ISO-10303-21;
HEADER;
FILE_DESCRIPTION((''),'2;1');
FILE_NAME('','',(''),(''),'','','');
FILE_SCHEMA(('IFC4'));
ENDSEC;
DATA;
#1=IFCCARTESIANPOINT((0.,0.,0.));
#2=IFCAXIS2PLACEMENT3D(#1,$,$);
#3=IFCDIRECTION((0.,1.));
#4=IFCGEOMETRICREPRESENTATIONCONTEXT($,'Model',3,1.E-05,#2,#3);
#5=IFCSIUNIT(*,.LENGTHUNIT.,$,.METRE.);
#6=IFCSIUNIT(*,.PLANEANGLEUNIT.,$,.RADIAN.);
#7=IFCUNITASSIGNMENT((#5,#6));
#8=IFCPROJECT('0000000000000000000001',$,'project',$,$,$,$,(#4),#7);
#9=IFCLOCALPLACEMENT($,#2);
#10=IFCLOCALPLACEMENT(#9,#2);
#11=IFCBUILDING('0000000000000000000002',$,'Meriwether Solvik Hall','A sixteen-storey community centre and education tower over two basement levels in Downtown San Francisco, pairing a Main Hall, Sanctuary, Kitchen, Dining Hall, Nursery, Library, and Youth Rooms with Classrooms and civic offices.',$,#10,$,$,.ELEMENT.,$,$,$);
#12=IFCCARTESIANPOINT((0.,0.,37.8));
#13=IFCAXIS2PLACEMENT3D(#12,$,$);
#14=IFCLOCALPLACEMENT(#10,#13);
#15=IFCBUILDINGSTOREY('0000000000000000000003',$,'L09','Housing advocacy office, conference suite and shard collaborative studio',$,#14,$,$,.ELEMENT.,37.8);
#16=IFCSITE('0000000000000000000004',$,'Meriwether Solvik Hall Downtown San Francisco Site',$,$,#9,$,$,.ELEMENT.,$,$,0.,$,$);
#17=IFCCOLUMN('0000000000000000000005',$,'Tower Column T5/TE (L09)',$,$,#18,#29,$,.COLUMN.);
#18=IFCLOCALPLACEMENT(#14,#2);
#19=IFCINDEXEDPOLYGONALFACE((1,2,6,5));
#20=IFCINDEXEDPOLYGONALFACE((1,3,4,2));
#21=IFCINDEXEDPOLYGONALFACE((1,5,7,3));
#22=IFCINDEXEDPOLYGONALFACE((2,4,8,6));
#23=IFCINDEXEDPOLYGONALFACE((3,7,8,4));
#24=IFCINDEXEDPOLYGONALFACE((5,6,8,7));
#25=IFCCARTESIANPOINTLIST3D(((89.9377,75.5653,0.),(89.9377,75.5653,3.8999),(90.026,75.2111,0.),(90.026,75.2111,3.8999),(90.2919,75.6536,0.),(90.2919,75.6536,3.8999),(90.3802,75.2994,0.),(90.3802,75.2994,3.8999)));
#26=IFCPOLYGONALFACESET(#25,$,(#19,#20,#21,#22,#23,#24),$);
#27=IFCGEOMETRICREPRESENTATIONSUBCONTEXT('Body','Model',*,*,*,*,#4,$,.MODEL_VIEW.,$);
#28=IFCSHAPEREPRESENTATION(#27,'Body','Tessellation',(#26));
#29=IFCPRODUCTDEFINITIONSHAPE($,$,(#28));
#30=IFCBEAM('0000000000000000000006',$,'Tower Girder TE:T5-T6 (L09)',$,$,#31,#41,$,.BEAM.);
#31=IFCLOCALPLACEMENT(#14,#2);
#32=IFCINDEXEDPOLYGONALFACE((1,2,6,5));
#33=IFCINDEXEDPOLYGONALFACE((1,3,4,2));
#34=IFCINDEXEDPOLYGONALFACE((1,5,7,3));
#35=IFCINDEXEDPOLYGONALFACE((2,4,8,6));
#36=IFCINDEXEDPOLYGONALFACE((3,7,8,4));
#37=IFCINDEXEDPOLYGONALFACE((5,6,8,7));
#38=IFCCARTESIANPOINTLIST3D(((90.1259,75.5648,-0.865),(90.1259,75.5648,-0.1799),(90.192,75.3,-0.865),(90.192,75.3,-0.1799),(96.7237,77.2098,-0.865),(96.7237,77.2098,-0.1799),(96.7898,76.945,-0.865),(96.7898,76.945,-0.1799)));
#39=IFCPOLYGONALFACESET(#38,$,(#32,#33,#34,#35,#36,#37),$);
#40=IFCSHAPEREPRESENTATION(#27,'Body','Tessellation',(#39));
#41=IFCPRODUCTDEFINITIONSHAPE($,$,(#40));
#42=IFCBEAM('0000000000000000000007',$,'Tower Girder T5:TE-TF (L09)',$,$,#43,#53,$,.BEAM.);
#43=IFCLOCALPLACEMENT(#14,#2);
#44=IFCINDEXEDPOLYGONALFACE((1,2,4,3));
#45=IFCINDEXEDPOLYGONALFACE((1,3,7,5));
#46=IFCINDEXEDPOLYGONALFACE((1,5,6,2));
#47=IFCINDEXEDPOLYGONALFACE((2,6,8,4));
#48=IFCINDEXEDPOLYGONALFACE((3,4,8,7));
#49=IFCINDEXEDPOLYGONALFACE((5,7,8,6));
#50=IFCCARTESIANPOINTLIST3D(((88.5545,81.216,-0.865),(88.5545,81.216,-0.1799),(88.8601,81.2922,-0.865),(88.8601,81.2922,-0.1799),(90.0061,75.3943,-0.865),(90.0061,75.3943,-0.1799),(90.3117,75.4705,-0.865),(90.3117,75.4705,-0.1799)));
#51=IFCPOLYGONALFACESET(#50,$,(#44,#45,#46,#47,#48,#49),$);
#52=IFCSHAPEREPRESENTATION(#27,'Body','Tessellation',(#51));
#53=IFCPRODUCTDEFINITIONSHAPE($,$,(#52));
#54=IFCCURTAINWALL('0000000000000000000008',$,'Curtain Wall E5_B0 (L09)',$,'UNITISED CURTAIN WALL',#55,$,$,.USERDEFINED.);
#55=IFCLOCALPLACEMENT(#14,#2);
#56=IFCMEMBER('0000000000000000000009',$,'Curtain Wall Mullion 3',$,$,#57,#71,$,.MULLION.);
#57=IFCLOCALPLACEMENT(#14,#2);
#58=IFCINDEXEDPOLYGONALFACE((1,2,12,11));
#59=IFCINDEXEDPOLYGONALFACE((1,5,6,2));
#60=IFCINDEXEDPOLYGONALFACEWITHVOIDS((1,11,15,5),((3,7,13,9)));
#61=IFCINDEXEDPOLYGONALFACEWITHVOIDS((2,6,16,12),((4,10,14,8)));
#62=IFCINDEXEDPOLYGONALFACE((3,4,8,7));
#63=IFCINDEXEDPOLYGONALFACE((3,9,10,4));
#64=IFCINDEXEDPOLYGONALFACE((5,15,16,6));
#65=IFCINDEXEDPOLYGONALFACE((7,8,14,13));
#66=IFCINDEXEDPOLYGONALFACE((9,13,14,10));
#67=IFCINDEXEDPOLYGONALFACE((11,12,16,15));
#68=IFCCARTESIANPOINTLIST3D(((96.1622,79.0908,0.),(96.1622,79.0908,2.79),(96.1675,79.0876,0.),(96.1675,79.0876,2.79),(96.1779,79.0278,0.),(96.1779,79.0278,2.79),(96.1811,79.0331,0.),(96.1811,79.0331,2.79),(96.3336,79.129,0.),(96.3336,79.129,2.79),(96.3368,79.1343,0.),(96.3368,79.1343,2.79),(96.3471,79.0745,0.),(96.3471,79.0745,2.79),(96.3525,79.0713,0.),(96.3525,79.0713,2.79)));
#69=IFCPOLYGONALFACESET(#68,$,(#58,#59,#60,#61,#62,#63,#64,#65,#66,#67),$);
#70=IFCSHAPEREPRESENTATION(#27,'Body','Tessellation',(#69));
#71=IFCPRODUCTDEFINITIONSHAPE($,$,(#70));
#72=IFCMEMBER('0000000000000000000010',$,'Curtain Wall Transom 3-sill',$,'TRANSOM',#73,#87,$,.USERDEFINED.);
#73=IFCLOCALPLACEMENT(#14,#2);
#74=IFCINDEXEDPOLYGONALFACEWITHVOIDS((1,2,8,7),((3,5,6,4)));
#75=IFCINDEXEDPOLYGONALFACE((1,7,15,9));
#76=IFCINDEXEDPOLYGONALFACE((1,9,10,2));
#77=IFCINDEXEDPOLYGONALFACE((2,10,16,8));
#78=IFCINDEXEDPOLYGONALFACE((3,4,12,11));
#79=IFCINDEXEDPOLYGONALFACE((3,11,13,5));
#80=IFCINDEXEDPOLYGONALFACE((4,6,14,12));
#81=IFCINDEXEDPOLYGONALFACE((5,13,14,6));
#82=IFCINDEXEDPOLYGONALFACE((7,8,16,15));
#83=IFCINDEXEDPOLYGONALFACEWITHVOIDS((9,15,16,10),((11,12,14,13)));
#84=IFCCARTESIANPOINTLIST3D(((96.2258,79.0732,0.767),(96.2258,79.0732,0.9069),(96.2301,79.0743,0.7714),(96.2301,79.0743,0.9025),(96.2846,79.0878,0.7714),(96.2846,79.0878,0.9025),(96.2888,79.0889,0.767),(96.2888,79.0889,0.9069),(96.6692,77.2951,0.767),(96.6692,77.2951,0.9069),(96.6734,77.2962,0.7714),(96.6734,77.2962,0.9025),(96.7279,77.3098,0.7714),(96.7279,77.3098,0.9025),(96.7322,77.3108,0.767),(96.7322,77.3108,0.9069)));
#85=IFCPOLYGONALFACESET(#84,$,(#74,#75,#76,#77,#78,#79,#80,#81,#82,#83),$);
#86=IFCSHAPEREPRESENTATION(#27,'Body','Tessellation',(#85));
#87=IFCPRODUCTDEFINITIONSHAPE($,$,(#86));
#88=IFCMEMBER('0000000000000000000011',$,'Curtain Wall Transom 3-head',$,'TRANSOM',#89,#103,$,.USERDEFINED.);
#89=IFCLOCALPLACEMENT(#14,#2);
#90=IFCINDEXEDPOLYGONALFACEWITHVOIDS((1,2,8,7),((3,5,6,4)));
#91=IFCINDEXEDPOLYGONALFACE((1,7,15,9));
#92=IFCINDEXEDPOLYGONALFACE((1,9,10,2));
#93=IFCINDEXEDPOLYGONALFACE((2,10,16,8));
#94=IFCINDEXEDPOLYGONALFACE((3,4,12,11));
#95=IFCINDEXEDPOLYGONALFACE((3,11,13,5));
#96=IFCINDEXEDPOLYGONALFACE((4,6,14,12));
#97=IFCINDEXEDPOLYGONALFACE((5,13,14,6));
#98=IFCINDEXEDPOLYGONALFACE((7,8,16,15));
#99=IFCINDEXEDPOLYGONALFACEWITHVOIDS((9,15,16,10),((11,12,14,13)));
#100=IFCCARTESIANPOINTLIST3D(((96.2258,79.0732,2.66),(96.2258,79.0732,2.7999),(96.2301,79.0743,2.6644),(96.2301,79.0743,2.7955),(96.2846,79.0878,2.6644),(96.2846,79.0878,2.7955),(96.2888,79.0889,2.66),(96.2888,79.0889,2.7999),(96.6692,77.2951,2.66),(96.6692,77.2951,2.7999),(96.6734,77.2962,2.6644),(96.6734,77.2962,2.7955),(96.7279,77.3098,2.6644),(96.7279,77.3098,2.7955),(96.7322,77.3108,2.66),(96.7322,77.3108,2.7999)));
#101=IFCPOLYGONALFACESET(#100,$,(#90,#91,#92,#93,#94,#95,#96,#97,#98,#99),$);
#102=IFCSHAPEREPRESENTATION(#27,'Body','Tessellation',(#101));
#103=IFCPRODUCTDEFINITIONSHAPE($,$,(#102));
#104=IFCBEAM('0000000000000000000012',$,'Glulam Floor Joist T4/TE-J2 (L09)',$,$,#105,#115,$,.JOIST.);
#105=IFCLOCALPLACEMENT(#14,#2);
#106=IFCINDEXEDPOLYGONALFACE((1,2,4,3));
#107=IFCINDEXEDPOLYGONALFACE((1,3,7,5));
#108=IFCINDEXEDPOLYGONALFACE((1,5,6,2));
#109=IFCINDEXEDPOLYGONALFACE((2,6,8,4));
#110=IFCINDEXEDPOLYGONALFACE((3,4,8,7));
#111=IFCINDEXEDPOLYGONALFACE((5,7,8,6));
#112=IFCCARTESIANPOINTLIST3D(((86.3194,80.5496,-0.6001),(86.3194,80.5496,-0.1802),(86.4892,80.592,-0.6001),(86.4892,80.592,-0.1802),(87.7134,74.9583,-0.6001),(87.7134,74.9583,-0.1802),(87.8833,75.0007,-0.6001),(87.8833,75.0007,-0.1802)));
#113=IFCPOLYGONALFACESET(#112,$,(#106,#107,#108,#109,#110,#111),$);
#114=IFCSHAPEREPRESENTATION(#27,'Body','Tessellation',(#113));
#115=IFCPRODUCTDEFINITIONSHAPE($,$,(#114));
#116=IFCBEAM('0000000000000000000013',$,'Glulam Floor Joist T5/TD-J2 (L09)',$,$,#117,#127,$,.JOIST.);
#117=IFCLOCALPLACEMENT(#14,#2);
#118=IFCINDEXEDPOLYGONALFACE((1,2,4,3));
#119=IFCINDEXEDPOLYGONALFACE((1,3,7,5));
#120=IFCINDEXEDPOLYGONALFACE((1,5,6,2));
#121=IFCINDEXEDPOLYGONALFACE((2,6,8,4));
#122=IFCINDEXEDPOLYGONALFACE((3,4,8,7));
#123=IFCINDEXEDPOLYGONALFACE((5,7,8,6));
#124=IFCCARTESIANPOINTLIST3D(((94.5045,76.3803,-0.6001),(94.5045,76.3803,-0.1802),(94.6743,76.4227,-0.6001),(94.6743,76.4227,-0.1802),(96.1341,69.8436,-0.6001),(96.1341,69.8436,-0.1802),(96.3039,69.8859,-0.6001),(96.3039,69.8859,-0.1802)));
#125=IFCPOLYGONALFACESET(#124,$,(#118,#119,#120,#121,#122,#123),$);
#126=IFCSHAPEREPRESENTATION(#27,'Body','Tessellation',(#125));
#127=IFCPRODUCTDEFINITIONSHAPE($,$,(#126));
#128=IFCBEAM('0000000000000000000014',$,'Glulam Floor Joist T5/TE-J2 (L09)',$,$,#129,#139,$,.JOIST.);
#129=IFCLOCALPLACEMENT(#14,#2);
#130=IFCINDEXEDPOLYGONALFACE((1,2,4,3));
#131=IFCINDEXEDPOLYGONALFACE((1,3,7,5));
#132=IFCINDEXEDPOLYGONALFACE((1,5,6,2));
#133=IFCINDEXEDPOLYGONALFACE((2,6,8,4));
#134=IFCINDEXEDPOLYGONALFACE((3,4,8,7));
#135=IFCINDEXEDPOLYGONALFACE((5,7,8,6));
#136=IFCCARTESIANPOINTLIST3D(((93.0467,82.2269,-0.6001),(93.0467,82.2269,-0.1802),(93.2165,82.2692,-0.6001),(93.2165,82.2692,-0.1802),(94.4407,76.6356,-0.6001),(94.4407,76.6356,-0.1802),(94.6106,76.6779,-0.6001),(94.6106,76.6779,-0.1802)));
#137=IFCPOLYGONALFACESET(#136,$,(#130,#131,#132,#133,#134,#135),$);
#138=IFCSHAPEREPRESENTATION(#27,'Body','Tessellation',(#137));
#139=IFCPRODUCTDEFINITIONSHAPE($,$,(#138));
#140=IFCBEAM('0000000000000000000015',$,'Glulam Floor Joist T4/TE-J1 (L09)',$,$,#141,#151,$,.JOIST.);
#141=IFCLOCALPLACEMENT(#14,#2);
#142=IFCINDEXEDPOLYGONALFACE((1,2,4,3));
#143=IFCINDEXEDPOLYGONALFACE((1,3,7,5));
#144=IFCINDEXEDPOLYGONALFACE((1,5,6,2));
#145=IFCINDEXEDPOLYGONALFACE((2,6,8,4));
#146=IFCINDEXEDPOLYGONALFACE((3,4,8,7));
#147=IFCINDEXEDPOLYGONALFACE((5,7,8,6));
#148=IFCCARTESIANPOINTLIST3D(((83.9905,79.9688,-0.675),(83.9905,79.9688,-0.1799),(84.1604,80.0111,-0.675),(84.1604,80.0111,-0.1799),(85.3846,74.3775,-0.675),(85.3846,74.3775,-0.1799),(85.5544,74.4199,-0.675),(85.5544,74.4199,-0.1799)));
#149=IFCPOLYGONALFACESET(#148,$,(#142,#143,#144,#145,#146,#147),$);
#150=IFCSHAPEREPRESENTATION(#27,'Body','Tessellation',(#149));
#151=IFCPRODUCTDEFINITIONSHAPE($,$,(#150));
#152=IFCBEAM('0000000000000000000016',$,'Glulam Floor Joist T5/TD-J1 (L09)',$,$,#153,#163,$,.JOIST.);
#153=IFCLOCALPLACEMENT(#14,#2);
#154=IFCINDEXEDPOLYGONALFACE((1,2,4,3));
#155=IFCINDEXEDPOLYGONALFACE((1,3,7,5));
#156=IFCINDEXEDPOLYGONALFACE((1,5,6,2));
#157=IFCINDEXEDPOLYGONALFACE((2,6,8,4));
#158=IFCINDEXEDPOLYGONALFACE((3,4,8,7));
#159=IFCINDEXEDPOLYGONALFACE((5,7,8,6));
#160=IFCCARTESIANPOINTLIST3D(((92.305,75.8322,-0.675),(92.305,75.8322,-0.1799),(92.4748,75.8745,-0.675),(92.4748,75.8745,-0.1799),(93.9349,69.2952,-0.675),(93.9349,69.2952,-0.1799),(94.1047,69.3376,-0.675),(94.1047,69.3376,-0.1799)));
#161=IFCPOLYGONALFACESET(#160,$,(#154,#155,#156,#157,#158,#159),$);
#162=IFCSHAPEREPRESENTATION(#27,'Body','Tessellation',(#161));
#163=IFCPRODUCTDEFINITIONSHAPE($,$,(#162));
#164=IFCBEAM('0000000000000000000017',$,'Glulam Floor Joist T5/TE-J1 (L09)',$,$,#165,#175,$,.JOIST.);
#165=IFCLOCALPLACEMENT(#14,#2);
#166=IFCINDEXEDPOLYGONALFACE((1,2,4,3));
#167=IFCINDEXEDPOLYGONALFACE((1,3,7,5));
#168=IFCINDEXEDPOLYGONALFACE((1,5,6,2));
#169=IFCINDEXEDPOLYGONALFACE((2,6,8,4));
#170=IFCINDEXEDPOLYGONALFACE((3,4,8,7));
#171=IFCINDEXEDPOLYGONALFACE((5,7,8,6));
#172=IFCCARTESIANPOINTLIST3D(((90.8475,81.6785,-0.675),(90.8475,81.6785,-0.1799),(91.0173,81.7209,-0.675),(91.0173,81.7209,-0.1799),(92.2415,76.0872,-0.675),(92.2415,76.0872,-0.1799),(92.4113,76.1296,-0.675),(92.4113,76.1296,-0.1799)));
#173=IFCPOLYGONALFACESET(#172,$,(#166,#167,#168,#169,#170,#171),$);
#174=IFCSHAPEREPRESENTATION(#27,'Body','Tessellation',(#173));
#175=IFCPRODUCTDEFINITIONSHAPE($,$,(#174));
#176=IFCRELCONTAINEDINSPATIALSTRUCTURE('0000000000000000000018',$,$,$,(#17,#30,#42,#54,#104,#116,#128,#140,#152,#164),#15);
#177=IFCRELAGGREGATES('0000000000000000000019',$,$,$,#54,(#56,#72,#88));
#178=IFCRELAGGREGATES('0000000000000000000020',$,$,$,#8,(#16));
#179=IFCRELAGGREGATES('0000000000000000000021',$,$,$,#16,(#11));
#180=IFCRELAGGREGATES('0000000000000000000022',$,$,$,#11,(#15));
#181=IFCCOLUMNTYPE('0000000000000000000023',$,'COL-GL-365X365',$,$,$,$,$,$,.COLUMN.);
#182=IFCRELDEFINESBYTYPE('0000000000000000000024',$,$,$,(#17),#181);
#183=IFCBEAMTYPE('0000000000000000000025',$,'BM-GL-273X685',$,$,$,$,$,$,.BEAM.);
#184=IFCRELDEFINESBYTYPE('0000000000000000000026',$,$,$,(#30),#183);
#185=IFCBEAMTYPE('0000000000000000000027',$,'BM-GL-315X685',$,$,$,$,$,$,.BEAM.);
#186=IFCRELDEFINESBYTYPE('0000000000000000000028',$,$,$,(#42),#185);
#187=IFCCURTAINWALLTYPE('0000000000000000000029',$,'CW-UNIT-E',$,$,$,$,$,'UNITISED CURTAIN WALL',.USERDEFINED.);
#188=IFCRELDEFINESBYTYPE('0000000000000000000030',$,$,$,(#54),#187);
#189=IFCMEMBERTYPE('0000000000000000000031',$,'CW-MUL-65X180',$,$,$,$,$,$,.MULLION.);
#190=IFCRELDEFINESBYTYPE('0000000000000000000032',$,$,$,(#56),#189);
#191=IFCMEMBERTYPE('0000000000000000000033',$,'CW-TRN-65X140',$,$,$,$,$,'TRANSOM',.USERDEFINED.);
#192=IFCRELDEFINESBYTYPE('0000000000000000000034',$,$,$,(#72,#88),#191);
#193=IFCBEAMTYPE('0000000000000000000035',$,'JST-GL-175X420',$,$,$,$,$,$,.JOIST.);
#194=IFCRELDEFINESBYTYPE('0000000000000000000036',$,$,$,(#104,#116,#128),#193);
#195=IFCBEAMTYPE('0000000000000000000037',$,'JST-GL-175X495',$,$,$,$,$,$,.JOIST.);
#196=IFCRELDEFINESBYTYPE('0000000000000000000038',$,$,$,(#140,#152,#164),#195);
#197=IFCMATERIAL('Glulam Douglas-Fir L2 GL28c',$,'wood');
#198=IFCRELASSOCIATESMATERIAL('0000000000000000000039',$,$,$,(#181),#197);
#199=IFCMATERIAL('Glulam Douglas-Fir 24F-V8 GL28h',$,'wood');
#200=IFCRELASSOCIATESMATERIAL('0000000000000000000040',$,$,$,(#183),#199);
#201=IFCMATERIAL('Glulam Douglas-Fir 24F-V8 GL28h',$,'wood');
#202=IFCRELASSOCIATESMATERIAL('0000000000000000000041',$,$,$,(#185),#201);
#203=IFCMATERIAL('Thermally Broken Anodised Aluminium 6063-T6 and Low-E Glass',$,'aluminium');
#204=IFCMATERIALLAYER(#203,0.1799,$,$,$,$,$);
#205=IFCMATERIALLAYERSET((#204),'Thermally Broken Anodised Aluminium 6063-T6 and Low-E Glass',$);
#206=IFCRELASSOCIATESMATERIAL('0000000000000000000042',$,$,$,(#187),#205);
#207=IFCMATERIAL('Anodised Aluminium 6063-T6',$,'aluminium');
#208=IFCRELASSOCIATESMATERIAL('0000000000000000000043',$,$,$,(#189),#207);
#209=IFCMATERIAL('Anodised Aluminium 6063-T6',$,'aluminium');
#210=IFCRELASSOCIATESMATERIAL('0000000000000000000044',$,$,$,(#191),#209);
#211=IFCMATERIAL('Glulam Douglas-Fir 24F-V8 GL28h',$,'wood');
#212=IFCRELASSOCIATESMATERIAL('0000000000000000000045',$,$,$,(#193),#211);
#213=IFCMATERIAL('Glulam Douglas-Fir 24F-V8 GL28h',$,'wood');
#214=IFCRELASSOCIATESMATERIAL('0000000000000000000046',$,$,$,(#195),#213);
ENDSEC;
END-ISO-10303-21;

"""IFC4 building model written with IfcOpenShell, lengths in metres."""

from ifc_helpers import new_model, si_unit, direction, frame, origin, origin_2d, place, context, subcontext, project, spatial, rectangle, hollow_rectangle, extrude, material, layer, layer_set, material_profile, profile_set, type_object, element, aggregate, save


model = new_model("IFC4")

# Units and contexts
model_context = context("Model", 3, precision=1e-05, world=origin(), true_north=direction((0.0, 1.0)))
body_context = subcontext(model_context, "Body", "Model", "MODEL_VIEW")
ifc_project = project(units=[si_unit("LENGTHUNIT", "METRE"), si_unit("PLANEANGLEUNIT", "RADIAN")], contexts=[model_context])

# Site, building, storey
site_placement = place(None, origin())
site = spatial("IfcSite", under=ifc_project, at=site_placement, Name="Meriwether Solvik Hall Downtown San Francisco Site", CompositionType="ELEMENT", RefElevation=0.0)
building_placement = place(site_placement, origin())
building = spatial("IfcBuilding", under=site, at=building_placement, Name="Meriwether Solvik Hall", Description="A sixteen-storey community centre and education tower over two basement levels in Downtown San Francisco, pairing a Main Hall, Sanctuary, Kitchen, Dining Hall, Nursery, Library, and Youth Rooms with Classrooms and civic offices.", CompositionType="ELEMENT")
storey_placement = place(building_placement, frame((0.0, 0.0, 37.8)))
storey = spatial("IfcBuildingStorey", under=building, at=storey_placement, Name="L09", Description="Housing advocacy office, conference suite and shard collaborative studio", CompositionType="ELEMENT", Elevation=37.8)

# Column
ifc_material_1 = material(Name="Glulam Douglas-Fir L2 GL28c", Category="wood")
ifc_material_profile_1 = material_profile(ifc_material_1, rectangle(XDim=0.365, YDim=0.365, at=origin_2d()), Name="GLC-365X365")
ifc_profile_set_1 = profile_set([ifc_material_profile_1], Name="Glulam Douglas-Fir L2 GL28c")
column_type = type_object("IfcColumnType", Name="COL-GL-365X365", PredefinedType="COLUMN", material=ifc_profile_set_1)
column_placement = place(storey_placement, frame((90.1589, 75.4324, 0.0), z_axis=(0.0, 0.0, 1.0), x_axis=(0.970296, 0.241922, 0.0)))
element("IfcColumn", 1, at=column_placement, inside=storey, type_object=column_type, Name="Tower Column T5/TE (L09)", PredefinedType="COLUMN", context=body_context, shape_type="SweptSolid", body=[
    extrude(rectangle(XDim=0.365, YDim=0.365, at=origin_2d()), origin(), (0.0, 0.0, 1.0), 3.8999),
])

# Beams
ifc_material_2 = material(Name="Glulam Douglas-Fir 24F-V8 GL28h", Category="wood")
ifc_material_profile_2 = material_profile(ifc_material_2, rectangle(XDim=0.2729, YDim=0.6851, at=origin_2d()), Name="GLB-273X685")
ifc_profile_set_2 = profile_set([ifc_material_profile_2], Name="Glulam Douglas-Fir 24F-V8 GL28h")
beam_type_1 = type_object("IfcBeamType", Name="BM-GL-273X685", PredefinedType="BEAM", material=ifc_profile_set_2)
beam_1_placement = place(storey_placement, frame((90.1589, 75.4324, -0.5225), z_axis=(0.970296, 0.241919, 0.0), x_axis=(-0.241919, 0.970296, 0.0)))
element("IfcBeam", 2, at=beam_1_placement, inside=storey, type_object=beam_type_1, Name="Tower Girder TE:T5-T6 (L09)", PredefinedType="BEAM", context=body_context, shape_type="SweptSolid", body=[
    extrude(rectangle(XDim=0.2729, YDim=0.6851, at=origin_2d()), origin(), (0.0, 0.0, 1.0), 6.7998),
])
ifc_material_3 = material(Name="Glulam Douglas-Fir 24F-V8 GL28h", Category="wood")
ifc_material_profile_3 = material_profile(ifc_material_3, rectangle(XDim=0.3149, YDim=0.6851, at=origin_2d()), Name="GLB-315X685")
ifc_profile_set_3 = profile_set([ifc_material_profile_3], Name="Glulam Douglas-Fir 24F-V8 GL28h")
beam_type_2 = type_object("IfcBeamType", Name="BM-GL-315X685", PredefinedType="BEAM", material=ifc_profile_set_3)
beam_2_placement = place(storey_placement, frame((90.1589, 75.4324, -0.5225), z_axis=(-0.241942, 0.970291, 0.0), x_axis=(-0.970291, -0.241942, 0.0)))
element("IfcBeam", 3, at=beam_2_placement, inside=storey, type_object=beam_type_2, Name="Tower Girder T5:TE-TF (L09)", PredefinedType="BEAM", context=body_context, shape_type="SweptSolid", body=[
    extrude(rectangle(XDim=0.3149, YDim=0.6851, at=origin_2d()), origin(), (0.0, 0.0, 1.0), 6.0),
])

# Curtain wall, members
ifc_material_4 = material(Name="Thermally Broken Anodised Aluminium 6063-T6 and Low-E Glass", Category="aluminium")
ifc_layer_1 = layer(ifc_material_4, 0.1799)
ifc_layer_set_1 = layer_set([ifc_layer_1], Name="Thermally Broken Anodised Aluminium 6063-T6 and Low-E Glass")
curtain_wall_type_1 = type_object("IfcCurtainWallType", Name="CW-UNIT-E", ElementType="UNITISED CURTAIN WALL", PredefinedType="USERDEFINED", material=ifc_layer_set_1)
curtain_wall_1_placement = place(storey_placement, origin())
curtain_wall_1 = element("IfcCurtainWall", 4, at=curtain_wall_1_placement, inside=storey, type_object=curtain_wall_type_1, Name="Curtain Wall E5_B0 (L09)", ObjectType="UNITISED CURTAIN WALL", PredefinedType="USERDEFINED")
ifc_material_5 = material(Name="Anodised Aluminium 6063-T6", Category="aluminium")
ifc_material_profile_4 = material_profile(ifc_material_5, hollow_rectangle(XDim=0.0649, YDim=0.1799, WallThickness=0.0044, at=origin_2d()), Name="CWM-65X180")
ifc_profile_set_4 = profile_set([ifc_material_profile_4], Name="Anodised Aluminium 6063-T6")
member_type_1 = type_object("IfcMemberType", Name="CW-MUL-65X180", PredefinedType="MULLION", material=ifc_profile_set_4)
member_1_placement = place(storey_placement, frame((96.2573, 79.0811, 0.0), z_axis=(0.0, 0.0, 1.0), x_axis=(0.241922, -0.970296, 0.0)))
member_1 = element("IfcMember", 5, at=member_1_placement, type_object=member_type_1, Name="Curtain Wall Mullion 3", PredefinedType="MULLION", context=body_context, shape_type="SweptSolid", body=[
    extrude(hollow_rectangle(XDim=0.0649, YDim=0.1799, WallThickness=0.0044, at=origin_2d()), origin(), (0.0, 0.0, 1.0), 2.79),
])
ifc_material_6 = material(Name="Anodised Aluminium 6063-T6", Category="aluminium")
ifc_material_profile_5 = material_profile(ifc_material_6, hollow_rectangle(XDim=0.0649, YDim=0.1399, WallThickness=0.0044, at=origin_2d()), Name="CWT-65X140")
ifc_profile_set_5 = profile_set([ifc_material_profile_5], Name="Anodised Aluminium 6063-T6")
member_type_2 = type_object("IfcMemberType", Name="CW-TRN-65X140", ElementType="TRANSOM", PredefinedType="USERDEFINED", material=ifc_profile_set_5)
member_2_placement = place(storey_placement, frame((96.2573, 79.0811, 0.8369), z_axis=(0.24194, -0.970291, 0.0), x_axis=(0.970291, 0.24194, 0.0)))
member_2 = element("IfcMember", 6, at=member_2_placement, type_object=member_type_2, Name="Curtain Wall Transom 3-sill", ObjectType="TRANSOM", PredefinedType="USERDEFINED", context=body_context, shape_type="SweptSolid", body=[
    extrude(hollow_rectangle(XDim=0.0649, YDim=0.1399, WallThickness=0.0044, at=origin_2d()), origin(), (0.0, 0.0, 1.0), 1.8325),
])
member_3_placement = place(storey_placement, frame((96.2573, 79.0811, 2.73), z_axis=(0.24194, -0.970291, 0.0), x_axis=(0.970291, 0.24194, 0.0)))
member_3 = element("IfcMember", 7, at=member_3_placement, type_object=member_type_2, Name="Curtain Wall Transom 3-head", ObjectType="TRANSOM", PredefinedType="USERDEFINED", context=body_context, shape_type="SweptSolid", body=[
    extrude(hollow_rectangle(XDim=0.0649, YDim=0.1399, WallThickness=0.0044, at=origin_2d()), origin(), (0.0, 0.0, 1.0), 1.8325),
])

# Beams
ifc_material_7 = material(Name="Glulam Douglas-Fir 24F-V8 GL28h", Category="wood")
ifc_material_profile_6 = material_profile(ifc_material_7, rectangle(XDim=0.175, YDim=0.4199, at=origin_2d()), Name="GLJ-175X420")
ifc_profile_set_6 = profile_set([ifc_material_profile_6], Name="Glulam Douglas-Fir 24F-V8 GL28h")
beam_type_3 = type_object("IfcBeamType", Name="JST-GL-175X420", PredefinedType="JOIST", material=ifc_profile_set_6)
beam_3_placement = place(storey_placement, frame((87.7983, 74.9795, -0.3901), z_axis=(-0.241918, 0.970297, 0.0), x_axis=(-0.970297, -0.241918, 0.0)))
element("IfcBeam", 8, at=beam_3_placement, inside=storey, type_object=beam_type_3, Name="Glulam Floor Joist T4/TE-J2 (L09)", PredefinedType="JOIST", context=body_context, shape_type="SweptSolid", body=[
    extrude(rectangle(XDim=0.175, YDim=0.4199, at=origin_2d()), origin(), (0.0, 0.0, 1.0), 5.7625),
])
beam_4_placement = place(storey_placement, frame((96.219, 69.8647, -0.3901), z_axis=(-0.241896, 0.970302, 0.0), x_axis=(-0.970302, -0.241896, 0.0)))
element("IfcBeam", 9, at=beam_4_placement, inside=storey, type_object=beam_type_3, Name="Glulam Floor Joist T5/TD-J2 (L09)", PredefinedType="JOIST", context=body_context, shape_type="SweptSolid", body=[
    extrude(rectangle(XDim=0.175, YDim=0.4199, at=origin_2d()), origin(), (0.0, 0.0, 1.0), 6.7368),
])
beam_5_placement = place(storey_placement, frame((94.5256, 76.6567, -0.3901), z_axis=(-0.241918, 0.970297, 0.0), x_axis=(-0.970297, -0.241918, 0.0)))
element("IfcBeam", 10, at=beam_5_placement, inside=storey, type_object=beam_type_3, Name="Glulam Floor Joist T5/TE-J2 (L09)", PredefinedType="JOIST", context=body_context, shape_type="SweptSolid", body=[
    extrude(rectangle(XDim=0.175, YDim=0.4199, at=origin_2d()), origin(), (0.0, 0.0, 1.0), 5.7625),
])
ifc_material_8 = material(Name="Glulam Douglas-Fir 24F-V8 GL28h", Category="wood")
ifc_material_profile_7 = material_profile(ifc_material_8, rectangle(XDim=0.175, YDim=0.4951, at=origin_2d()), Name="GLJ-175X495")
ifc_profile_set_7 = profile_set([ifc_material_profile_7], Name="Glulam Douglas-Fir 24F-V8 GL28h")
beam_type_4 = type_object("IfcBeamType", Name="JST-GL-175X495", PredefinedType="JOIST", material=ifc_profile_set_7)
beam_6_placement = place(storey_placement, frame((85.4695, 74.3987, -0.4275), z_axis=(-0.241918, 0.970297, 0.0), x_axis=(-0.970297, -0.241918, 0.0)))
element("IfcBeam", 11, at=beam_6_placement, inside=storey, type_object=beam_type_4, Name="Glulam Floor Joist T4/TE-J1 (L09)", PredefinedType="JOIST", context=body_context, shape_type="SweptSolid", body=[
    extrude(rectangle(XDim=0.175, YDim=0.4951, at=origin_2d()), origin(), (0.0, 0.0, 1.0), 5.7625),
])
beam_7_placement = place(storey_placement, frame((94.0198, 69.3164, -0.4275), z_axis=(-0.24193, 0.970294, 0.0), x_axis=(-0.970294, -0.24193, 0.0)))
element("IfcBeam", 12, at=beam_7_placement, inside=storey, type_object=beam_type_4, Name="Glulam Floor Joist T5/TD-J1 (L09)", PredefinedType="JOIST", context=body_context, shape_type="SweptSolid", body=[
    extrude(rectangle(XDim=0.175, YDim=0.4951, at=origin_2d()), origin(), (0.0, 0.0, 1.0), 6.7371),
])
beam_8_placement = place(storey_placement, frame((92.3264, 76.1084, -0.4275), z_axis=(-0.241918, 0.970297, 0.0), x_axis=(-0.970297, -0.241918, 0.0)))
element("IfcBeam", 13, at=beam_8_placement, inside=storey, type_object=beam_type_4, Name="Glulam Floor Joist T5/TE-J1 (L09)", PredefinedType="JOIST", context=body_context, shape_type="SweptSolid", body=[
    extrude(rectangle(XDim=0.175, YDim=0.4951, at=origin_2d()), origin(), (0.0, 0.0, 1.0), 5.7625),
])

aggregate(curtain_wall_1, [member_1, member_2, member_3])

save(model, "model.ifc")
